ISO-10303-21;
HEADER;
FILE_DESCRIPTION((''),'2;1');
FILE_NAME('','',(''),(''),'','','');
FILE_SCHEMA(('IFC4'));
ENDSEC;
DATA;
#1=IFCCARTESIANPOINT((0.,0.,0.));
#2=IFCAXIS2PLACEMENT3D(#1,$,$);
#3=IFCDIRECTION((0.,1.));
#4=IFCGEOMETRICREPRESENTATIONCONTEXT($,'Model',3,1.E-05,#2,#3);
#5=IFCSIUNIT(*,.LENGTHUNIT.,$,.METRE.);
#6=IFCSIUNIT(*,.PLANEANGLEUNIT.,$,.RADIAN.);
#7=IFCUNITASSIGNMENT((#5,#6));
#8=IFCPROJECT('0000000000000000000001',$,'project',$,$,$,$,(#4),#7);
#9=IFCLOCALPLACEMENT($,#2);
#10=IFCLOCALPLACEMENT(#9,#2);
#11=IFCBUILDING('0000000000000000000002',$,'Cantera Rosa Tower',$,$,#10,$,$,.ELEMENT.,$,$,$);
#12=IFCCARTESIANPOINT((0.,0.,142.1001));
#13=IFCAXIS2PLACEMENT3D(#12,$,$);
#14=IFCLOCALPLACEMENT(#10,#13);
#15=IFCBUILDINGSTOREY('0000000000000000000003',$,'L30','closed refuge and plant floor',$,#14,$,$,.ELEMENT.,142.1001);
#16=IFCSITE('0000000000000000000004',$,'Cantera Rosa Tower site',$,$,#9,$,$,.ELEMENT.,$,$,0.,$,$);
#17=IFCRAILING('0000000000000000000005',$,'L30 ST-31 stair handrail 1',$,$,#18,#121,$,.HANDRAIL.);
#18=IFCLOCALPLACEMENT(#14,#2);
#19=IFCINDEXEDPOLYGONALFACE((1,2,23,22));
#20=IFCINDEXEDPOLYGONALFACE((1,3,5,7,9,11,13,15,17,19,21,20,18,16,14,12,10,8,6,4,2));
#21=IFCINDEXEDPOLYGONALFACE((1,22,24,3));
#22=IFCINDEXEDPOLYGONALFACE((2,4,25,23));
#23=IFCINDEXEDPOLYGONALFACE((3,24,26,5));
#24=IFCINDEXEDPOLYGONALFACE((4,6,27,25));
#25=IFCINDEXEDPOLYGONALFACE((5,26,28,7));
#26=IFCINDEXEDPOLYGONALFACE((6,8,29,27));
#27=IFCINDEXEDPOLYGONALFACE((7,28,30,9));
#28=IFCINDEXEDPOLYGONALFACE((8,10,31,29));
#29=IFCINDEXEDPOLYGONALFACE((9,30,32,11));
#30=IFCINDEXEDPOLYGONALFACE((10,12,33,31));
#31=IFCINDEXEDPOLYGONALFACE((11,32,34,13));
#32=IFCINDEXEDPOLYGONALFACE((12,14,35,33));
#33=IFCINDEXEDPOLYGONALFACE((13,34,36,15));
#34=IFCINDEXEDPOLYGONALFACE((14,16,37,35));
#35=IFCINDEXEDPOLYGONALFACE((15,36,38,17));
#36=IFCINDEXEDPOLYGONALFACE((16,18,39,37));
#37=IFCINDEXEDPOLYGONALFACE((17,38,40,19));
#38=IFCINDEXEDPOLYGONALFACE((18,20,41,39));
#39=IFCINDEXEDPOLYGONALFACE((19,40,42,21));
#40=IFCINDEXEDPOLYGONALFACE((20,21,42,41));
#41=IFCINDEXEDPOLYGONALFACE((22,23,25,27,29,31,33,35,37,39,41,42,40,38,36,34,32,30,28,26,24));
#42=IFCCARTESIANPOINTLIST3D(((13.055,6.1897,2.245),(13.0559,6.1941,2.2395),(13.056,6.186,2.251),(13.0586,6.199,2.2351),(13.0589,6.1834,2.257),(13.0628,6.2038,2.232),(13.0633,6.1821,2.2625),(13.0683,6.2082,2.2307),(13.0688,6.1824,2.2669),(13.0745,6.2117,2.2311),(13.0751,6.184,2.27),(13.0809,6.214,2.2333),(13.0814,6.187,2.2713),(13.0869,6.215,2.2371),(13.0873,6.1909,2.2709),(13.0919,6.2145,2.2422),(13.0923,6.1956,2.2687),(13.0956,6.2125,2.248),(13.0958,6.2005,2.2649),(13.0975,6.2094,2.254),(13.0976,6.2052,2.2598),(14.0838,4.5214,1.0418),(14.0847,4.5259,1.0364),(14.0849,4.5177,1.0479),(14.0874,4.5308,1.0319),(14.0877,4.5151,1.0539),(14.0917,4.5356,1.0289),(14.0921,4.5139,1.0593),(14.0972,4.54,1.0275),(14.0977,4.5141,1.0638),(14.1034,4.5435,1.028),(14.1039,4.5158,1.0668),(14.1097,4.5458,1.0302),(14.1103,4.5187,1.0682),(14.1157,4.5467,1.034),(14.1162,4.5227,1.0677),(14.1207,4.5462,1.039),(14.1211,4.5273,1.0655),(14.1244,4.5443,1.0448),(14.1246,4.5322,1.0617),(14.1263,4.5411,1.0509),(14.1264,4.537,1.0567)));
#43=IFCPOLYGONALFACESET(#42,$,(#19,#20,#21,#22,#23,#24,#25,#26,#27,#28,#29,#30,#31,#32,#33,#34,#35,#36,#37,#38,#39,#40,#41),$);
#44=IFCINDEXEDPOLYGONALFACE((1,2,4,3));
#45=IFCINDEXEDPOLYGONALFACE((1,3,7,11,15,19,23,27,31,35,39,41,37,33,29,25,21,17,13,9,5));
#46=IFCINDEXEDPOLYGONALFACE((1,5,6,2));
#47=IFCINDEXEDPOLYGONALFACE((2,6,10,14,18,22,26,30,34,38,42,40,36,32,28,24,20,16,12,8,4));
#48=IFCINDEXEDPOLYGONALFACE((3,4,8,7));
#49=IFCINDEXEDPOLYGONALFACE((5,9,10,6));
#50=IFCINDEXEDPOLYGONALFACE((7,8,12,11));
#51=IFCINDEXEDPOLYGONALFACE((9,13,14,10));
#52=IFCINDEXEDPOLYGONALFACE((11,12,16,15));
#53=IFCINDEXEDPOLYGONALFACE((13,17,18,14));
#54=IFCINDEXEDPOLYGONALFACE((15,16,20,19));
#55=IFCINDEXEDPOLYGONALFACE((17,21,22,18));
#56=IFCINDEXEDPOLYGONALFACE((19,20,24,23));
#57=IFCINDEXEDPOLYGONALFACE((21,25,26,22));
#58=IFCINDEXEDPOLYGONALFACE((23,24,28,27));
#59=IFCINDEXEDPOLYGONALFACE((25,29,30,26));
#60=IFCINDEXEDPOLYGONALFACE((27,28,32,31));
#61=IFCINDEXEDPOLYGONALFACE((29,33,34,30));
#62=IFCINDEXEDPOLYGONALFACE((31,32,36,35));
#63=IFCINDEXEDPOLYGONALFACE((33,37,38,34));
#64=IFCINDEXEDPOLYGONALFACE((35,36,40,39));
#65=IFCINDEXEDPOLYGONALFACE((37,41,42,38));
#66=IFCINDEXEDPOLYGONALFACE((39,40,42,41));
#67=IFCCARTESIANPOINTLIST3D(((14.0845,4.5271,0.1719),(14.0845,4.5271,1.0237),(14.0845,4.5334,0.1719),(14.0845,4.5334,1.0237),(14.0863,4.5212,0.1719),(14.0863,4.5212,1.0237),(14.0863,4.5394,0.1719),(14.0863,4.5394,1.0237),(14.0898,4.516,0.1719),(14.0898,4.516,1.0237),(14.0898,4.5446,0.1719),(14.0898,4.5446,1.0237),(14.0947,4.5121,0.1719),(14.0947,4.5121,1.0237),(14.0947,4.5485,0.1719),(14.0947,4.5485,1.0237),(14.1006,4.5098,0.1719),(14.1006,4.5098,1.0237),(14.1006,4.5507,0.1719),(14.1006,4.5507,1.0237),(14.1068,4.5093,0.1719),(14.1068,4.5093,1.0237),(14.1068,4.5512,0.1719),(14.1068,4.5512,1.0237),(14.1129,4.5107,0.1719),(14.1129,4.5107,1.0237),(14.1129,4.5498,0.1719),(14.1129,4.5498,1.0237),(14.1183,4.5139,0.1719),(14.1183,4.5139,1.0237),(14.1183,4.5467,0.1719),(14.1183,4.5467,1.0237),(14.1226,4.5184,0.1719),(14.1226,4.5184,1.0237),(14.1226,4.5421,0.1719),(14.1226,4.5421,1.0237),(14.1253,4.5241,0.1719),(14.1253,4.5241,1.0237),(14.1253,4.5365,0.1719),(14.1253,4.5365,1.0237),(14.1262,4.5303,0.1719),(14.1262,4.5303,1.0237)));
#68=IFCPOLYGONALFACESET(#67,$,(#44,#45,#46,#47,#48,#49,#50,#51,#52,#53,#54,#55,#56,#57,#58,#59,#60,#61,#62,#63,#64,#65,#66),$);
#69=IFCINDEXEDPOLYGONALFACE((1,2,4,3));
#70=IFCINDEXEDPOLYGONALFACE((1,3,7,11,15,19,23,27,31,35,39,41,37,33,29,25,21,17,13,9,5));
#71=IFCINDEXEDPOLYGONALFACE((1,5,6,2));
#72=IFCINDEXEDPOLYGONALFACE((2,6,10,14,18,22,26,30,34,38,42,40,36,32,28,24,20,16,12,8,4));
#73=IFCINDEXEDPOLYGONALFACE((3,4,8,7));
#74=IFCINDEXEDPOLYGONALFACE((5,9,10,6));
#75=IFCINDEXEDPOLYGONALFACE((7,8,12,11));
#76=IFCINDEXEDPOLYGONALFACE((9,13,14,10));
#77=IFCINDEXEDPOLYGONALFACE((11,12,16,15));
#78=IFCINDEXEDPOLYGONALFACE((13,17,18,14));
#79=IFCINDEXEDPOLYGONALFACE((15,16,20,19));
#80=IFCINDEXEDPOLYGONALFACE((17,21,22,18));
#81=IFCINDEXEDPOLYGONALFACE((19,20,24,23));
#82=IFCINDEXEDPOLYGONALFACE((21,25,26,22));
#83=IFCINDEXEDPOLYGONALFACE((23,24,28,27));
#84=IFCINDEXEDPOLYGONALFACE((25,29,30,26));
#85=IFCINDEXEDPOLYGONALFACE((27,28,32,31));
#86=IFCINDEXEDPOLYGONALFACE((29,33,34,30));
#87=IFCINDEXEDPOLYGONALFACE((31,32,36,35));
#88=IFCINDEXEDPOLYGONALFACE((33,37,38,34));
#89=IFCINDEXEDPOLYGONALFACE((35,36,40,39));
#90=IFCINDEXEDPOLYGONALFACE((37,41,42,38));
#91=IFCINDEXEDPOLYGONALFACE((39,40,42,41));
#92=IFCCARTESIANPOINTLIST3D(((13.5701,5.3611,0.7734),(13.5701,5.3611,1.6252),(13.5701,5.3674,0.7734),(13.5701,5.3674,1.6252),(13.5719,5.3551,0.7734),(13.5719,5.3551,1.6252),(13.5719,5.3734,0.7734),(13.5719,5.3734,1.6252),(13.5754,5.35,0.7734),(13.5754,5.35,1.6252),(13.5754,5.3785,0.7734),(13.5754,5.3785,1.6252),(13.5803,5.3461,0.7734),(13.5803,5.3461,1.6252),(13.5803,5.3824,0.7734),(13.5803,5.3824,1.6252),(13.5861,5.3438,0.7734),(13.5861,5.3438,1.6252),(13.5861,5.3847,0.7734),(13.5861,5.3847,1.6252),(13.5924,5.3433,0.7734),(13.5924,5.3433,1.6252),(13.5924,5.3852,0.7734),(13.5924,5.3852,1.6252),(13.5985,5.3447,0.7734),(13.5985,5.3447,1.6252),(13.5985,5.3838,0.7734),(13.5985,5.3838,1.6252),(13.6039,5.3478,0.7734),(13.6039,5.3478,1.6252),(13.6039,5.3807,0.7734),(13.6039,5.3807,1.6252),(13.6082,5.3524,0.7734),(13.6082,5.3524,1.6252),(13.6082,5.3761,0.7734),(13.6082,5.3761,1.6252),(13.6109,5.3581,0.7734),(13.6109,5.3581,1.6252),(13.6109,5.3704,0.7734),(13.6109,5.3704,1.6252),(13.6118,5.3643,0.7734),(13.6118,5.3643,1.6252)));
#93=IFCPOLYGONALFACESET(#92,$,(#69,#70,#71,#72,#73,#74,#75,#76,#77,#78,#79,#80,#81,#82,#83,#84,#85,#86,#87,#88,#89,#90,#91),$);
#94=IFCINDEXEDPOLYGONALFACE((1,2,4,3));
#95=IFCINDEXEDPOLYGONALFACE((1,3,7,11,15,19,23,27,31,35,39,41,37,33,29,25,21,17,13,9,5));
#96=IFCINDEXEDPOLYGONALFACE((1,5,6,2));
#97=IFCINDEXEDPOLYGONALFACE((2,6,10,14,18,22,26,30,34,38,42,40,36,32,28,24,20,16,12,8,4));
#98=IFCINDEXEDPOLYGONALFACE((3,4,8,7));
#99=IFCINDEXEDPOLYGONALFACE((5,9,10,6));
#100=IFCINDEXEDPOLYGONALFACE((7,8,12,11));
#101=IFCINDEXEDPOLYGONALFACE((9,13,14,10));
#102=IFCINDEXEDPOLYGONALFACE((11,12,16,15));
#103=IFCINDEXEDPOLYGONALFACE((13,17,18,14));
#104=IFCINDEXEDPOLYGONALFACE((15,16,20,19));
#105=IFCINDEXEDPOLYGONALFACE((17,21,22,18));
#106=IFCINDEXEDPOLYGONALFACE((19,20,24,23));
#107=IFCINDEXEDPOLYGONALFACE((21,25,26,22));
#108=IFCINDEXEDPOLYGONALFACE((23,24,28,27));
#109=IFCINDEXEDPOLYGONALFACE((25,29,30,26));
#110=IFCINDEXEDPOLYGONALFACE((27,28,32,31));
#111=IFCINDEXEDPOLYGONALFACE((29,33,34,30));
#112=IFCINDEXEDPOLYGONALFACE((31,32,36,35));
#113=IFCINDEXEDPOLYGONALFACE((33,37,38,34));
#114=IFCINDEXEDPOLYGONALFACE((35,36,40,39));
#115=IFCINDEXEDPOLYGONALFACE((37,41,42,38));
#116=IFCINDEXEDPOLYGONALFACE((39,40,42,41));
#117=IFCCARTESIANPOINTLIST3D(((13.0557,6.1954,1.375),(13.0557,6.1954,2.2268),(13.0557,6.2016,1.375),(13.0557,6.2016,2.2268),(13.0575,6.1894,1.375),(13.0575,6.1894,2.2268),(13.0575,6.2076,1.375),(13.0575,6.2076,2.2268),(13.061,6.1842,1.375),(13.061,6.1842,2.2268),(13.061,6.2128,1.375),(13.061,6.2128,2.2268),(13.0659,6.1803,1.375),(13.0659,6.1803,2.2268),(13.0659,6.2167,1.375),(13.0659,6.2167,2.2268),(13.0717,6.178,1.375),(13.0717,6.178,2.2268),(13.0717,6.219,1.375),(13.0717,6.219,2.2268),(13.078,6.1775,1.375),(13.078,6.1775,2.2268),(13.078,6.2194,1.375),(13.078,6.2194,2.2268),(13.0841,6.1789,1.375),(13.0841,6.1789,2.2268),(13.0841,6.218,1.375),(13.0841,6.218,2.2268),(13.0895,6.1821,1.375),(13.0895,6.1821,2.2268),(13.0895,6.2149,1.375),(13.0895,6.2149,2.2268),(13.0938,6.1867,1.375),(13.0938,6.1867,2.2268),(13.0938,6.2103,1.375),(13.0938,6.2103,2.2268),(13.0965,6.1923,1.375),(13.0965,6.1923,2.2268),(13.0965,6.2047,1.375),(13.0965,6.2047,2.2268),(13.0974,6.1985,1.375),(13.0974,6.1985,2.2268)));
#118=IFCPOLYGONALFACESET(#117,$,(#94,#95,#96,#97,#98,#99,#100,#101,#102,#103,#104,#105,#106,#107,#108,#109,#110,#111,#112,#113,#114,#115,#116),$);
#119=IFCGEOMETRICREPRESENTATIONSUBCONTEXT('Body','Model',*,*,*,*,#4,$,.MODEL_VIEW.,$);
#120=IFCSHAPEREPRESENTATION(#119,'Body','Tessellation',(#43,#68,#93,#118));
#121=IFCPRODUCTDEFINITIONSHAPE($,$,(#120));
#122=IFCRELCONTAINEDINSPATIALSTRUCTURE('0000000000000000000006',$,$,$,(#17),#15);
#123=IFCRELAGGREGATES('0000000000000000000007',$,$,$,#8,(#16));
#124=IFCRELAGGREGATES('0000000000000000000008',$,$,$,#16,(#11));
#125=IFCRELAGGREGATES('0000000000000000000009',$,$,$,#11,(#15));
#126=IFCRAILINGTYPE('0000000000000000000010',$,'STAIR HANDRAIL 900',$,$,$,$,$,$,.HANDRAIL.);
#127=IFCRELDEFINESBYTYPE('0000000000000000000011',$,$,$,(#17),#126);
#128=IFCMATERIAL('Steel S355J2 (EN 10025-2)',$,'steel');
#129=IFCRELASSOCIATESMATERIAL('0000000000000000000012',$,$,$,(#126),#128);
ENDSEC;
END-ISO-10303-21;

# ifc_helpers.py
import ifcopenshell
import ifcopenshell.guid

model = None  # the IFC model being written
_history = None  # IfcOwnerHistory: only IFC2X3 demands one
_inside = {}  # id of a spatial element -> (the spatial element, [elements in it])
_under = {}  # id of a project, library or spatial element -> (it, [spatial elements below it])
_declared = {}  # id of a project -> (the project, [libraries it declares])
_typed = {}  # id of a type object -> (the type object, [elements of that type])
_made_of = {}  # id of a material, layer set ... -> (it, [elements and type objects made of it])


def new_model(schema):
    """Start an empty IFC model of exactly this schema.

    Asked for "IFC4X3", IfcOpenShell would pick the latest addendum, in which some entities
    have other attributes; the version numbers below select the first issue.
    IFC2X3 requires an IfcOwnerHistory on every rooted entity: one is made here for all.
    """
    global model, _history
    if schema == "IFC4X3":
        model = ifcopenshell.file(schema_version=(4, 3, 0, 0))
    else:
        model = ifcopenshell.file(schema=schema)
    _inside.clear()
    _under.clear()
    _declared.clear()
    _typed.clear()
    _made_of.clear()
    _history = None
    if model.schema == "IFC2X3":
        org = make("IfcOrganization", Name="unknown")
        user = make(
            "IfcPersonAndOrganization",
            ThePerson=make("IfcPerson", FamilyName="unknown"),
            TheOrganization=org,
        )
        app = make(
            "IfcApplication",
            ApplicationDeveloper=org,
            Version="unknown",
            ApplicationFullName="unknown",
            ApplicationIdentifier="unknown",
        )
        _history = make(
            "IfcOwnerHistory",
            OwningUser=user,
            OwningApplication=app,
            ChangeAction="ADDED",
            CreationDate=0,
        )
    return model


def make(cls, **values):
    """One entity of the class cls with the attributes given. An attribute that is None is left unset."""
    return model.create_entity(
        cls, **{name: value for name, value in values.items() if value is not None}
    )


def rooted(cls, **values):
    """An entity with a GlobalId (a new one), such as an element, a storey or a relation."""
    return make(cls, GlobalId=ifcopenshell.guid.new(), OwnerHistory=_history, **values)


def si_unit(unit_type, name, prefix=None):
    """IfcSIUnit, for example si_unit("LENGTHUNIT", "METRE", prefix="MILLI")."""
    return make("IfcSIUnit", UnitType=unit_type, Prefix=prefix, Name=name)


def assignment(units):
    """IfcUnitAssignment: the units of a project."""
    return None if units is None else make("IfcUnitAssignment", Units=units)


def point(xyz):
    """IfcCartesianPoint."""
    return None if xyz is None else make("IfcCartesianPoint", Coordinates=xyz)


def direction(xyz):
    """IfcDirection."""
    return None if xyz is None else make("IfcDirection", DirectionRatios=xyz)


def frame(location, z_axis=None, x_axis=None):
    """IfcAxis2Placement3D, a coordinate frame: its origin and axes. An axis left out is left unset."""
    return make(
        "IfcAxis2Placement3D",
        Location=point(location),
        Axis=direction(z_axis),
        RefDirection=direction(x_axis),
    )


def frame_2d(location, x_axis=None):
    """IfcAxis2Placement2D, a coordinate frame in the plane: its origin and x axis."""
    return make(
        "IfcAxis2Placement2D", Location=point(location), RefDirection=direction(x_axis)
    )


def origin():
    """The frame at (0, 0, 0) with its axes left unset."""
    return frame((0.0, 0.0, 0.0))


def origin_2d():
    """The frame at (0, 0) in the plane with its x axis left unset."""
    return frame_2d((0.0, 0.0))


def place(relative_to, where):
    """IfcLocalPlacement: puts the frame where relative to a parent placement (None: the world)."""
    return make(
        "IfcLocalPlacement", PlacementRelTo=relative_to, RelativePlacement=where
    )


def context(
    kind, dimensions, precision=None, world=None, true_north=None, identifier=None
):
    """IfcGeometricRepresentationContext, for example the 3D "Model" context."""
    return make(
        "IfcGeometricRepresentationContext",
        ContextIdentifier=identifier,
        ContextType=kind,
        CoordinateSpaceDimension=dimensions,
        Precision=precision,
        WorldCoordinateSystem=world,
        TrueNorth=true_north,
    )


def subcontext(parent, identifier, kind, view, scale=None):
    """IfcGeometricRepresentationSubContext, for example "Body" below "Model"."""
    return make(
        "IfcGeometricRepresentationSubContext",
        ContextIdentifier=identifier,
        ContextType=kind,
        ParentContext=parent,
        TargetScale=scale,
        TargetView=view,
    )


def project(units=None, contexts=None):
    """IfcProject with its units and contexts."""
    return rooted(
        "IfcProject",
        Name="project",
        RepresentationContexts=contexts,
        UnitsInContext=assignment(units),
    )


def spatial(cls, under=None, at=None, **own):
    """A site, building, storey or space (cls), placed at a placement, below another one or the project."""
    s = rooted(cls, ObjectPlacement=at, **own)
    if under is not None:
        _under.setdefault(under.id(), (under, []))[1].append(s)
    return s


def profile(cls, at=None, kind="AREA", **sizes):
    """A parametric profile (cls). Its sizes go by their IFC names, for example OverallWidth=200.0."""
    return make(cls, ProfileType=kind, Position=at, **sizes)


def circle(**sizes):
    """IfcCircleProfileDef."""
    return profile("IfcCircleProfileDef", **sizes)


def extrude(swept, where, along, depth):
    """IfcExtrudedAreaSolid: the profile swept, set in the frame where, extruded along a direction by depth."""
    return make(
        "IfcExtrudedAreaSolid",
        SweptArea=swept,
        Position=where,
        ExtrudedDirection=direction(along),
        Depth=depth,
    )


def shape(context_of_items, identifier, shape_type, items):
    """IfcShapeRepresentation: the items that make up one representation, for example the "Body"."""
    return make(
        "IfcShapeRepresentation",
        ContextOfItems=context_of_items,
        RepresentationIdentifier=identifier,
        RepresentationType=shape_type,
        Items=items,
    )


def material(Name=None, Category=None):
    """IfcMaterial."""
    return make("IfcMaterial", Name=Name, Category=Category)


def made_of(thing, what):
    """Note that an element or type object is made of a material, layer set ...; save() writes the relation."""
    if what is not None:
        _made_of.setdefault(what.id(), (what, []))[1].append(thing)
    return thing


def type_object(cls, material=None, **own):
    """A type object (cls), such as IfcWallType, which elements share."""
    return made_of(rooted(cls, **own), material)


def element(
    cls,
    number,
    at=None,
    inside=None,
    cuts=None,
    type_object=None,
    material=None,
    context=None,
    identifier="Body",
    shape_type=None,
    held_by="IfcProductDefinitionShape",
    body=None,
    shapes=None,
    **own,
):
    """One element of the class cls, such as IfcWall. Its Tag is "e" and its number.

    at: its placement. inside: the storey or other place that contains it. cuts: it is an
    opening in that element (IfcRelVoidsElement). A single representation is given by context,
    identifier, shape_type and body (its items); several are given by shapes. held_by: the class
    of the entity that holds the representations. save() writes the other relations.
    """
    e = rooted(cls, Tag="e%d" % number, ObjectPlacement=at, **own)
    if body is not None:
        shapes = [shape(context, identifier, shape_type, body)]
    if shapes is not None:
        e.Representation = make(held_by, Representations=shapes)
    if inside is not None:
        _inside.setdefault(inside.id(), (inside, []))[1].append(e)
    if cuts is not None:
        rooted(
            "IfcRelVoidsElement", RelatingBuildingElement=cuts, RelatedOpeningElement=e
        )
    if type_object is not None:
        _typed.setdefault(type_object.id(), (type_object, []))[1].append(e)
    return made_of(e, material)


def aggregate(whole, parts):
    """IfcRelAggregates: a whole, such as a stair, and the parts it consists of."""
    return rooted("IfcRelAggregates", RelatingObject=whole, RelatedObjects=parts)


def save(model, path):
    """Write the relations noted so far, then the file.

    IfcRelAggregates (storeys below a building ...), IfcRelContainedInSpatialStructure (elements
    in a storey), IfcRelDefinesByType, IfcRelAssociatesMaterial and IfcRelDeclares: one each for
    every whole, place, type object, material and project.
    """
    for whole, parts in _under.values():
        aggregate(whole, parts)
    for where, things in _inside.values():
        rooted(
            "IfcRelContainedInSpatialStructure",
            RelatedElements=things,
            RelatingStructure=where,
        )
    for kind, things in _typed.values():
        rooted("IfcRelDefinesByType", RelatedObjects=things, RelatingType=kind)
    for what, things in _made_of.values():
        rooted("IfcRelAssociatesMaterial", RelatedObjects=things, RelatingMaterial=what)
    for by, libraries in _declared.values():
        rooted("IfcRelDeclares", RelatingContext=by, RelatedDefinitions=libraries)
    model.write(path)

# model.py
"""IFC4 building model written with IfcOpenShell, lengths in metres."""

from ifc_helpers import new_model, si_unit, direction, frame, origin, origin_2d, place, context, subcontext, project, spatial, circle, extrude, material, type_object, element, save


model = new_model("IFC4")

# Units and contexts
model_context = context("Model", 3, precision=1e-05, world=origin(), true_north=direction((0.0, 1.0)))
body_context = subcontext(model_context, "Body", "Model", "MODEL_VIEW")
ifc_project = project(units=[si_unit("LENGTHUNIT", "METRE"), si_unit("PLANEANGLEUNIT", "RADIAN")], contexts=[model_context])

# Site, building, storey
site_placement = place(None, origin())
site = spatial("IfcSite", under=ifc_project, at=site_placement, Name="Cantera Rosa Tower site", CompositionType="ELEMENT", RefElevation=0.0)
building_placement = place(site_placement, origin())
building = spatial("IfcBuilding", under=site, at=building_placement, Name="Cantera Rosa Tower", CompositionType="ELEMENT")
storey_placement = place(building_placement, frame((0.0, 0.0, 142.1001)))
storey = spatial("IfcBuildingStorey", under=building, at=storey_placement, Name="L30", Description="closed refuge and plant floor", CompositionType="ELEMENT", Elevation=142.1001)

# Railing
ifc_material_1 = material(Name="Steel S355J2 (EN 10025-2)", Category="steel")
railing_type_1 = type_object("IfcRailingType", Name="STAIR HANDRAIL 900", PredefinedType="HANDRAIL", material=ifc_material_1)
railing_1_placement = place(storey_placement, frame((14.1052, 4.5303, 0.1719)))
element("IfcRailing", 1, at=railing_1_placement, inside=storey, type_object=railing_type_1, Name="L30 ST-31 stair handrail 1", PredefinedType="HANDRAIL", context=body_context, shape_type="SweptSolid", body=[
    extrude(circle(Radius=0.0239, at=origin_2d()), frame((0.0, 0.0, 0.876), z_axis=(-0.447355, 0.725386, 0.523153), x_axis=(-0.851153, -0.524917, 0.0)), (0.0, 0.0, 1.0), 2.2998),
    extrude(circle(Radius=0.021, at=origin_2d()), origin(), (0.0, 0.0, 1.0), 0.8518),
    extrude(circle(Radius=0.021, at=origin_2d()), frame((-0.5144, 0.834, 0.6016)), (0.0, 0.0, 1.0), 0.8518),
    extrude(circle(Radius=0.021, at=origin_2d()), frame((-1.0288, 1.6682, 1.2031)), (0.0, 0.0, 1.0), 0.8518),
])

save(model, "model.ifc")
